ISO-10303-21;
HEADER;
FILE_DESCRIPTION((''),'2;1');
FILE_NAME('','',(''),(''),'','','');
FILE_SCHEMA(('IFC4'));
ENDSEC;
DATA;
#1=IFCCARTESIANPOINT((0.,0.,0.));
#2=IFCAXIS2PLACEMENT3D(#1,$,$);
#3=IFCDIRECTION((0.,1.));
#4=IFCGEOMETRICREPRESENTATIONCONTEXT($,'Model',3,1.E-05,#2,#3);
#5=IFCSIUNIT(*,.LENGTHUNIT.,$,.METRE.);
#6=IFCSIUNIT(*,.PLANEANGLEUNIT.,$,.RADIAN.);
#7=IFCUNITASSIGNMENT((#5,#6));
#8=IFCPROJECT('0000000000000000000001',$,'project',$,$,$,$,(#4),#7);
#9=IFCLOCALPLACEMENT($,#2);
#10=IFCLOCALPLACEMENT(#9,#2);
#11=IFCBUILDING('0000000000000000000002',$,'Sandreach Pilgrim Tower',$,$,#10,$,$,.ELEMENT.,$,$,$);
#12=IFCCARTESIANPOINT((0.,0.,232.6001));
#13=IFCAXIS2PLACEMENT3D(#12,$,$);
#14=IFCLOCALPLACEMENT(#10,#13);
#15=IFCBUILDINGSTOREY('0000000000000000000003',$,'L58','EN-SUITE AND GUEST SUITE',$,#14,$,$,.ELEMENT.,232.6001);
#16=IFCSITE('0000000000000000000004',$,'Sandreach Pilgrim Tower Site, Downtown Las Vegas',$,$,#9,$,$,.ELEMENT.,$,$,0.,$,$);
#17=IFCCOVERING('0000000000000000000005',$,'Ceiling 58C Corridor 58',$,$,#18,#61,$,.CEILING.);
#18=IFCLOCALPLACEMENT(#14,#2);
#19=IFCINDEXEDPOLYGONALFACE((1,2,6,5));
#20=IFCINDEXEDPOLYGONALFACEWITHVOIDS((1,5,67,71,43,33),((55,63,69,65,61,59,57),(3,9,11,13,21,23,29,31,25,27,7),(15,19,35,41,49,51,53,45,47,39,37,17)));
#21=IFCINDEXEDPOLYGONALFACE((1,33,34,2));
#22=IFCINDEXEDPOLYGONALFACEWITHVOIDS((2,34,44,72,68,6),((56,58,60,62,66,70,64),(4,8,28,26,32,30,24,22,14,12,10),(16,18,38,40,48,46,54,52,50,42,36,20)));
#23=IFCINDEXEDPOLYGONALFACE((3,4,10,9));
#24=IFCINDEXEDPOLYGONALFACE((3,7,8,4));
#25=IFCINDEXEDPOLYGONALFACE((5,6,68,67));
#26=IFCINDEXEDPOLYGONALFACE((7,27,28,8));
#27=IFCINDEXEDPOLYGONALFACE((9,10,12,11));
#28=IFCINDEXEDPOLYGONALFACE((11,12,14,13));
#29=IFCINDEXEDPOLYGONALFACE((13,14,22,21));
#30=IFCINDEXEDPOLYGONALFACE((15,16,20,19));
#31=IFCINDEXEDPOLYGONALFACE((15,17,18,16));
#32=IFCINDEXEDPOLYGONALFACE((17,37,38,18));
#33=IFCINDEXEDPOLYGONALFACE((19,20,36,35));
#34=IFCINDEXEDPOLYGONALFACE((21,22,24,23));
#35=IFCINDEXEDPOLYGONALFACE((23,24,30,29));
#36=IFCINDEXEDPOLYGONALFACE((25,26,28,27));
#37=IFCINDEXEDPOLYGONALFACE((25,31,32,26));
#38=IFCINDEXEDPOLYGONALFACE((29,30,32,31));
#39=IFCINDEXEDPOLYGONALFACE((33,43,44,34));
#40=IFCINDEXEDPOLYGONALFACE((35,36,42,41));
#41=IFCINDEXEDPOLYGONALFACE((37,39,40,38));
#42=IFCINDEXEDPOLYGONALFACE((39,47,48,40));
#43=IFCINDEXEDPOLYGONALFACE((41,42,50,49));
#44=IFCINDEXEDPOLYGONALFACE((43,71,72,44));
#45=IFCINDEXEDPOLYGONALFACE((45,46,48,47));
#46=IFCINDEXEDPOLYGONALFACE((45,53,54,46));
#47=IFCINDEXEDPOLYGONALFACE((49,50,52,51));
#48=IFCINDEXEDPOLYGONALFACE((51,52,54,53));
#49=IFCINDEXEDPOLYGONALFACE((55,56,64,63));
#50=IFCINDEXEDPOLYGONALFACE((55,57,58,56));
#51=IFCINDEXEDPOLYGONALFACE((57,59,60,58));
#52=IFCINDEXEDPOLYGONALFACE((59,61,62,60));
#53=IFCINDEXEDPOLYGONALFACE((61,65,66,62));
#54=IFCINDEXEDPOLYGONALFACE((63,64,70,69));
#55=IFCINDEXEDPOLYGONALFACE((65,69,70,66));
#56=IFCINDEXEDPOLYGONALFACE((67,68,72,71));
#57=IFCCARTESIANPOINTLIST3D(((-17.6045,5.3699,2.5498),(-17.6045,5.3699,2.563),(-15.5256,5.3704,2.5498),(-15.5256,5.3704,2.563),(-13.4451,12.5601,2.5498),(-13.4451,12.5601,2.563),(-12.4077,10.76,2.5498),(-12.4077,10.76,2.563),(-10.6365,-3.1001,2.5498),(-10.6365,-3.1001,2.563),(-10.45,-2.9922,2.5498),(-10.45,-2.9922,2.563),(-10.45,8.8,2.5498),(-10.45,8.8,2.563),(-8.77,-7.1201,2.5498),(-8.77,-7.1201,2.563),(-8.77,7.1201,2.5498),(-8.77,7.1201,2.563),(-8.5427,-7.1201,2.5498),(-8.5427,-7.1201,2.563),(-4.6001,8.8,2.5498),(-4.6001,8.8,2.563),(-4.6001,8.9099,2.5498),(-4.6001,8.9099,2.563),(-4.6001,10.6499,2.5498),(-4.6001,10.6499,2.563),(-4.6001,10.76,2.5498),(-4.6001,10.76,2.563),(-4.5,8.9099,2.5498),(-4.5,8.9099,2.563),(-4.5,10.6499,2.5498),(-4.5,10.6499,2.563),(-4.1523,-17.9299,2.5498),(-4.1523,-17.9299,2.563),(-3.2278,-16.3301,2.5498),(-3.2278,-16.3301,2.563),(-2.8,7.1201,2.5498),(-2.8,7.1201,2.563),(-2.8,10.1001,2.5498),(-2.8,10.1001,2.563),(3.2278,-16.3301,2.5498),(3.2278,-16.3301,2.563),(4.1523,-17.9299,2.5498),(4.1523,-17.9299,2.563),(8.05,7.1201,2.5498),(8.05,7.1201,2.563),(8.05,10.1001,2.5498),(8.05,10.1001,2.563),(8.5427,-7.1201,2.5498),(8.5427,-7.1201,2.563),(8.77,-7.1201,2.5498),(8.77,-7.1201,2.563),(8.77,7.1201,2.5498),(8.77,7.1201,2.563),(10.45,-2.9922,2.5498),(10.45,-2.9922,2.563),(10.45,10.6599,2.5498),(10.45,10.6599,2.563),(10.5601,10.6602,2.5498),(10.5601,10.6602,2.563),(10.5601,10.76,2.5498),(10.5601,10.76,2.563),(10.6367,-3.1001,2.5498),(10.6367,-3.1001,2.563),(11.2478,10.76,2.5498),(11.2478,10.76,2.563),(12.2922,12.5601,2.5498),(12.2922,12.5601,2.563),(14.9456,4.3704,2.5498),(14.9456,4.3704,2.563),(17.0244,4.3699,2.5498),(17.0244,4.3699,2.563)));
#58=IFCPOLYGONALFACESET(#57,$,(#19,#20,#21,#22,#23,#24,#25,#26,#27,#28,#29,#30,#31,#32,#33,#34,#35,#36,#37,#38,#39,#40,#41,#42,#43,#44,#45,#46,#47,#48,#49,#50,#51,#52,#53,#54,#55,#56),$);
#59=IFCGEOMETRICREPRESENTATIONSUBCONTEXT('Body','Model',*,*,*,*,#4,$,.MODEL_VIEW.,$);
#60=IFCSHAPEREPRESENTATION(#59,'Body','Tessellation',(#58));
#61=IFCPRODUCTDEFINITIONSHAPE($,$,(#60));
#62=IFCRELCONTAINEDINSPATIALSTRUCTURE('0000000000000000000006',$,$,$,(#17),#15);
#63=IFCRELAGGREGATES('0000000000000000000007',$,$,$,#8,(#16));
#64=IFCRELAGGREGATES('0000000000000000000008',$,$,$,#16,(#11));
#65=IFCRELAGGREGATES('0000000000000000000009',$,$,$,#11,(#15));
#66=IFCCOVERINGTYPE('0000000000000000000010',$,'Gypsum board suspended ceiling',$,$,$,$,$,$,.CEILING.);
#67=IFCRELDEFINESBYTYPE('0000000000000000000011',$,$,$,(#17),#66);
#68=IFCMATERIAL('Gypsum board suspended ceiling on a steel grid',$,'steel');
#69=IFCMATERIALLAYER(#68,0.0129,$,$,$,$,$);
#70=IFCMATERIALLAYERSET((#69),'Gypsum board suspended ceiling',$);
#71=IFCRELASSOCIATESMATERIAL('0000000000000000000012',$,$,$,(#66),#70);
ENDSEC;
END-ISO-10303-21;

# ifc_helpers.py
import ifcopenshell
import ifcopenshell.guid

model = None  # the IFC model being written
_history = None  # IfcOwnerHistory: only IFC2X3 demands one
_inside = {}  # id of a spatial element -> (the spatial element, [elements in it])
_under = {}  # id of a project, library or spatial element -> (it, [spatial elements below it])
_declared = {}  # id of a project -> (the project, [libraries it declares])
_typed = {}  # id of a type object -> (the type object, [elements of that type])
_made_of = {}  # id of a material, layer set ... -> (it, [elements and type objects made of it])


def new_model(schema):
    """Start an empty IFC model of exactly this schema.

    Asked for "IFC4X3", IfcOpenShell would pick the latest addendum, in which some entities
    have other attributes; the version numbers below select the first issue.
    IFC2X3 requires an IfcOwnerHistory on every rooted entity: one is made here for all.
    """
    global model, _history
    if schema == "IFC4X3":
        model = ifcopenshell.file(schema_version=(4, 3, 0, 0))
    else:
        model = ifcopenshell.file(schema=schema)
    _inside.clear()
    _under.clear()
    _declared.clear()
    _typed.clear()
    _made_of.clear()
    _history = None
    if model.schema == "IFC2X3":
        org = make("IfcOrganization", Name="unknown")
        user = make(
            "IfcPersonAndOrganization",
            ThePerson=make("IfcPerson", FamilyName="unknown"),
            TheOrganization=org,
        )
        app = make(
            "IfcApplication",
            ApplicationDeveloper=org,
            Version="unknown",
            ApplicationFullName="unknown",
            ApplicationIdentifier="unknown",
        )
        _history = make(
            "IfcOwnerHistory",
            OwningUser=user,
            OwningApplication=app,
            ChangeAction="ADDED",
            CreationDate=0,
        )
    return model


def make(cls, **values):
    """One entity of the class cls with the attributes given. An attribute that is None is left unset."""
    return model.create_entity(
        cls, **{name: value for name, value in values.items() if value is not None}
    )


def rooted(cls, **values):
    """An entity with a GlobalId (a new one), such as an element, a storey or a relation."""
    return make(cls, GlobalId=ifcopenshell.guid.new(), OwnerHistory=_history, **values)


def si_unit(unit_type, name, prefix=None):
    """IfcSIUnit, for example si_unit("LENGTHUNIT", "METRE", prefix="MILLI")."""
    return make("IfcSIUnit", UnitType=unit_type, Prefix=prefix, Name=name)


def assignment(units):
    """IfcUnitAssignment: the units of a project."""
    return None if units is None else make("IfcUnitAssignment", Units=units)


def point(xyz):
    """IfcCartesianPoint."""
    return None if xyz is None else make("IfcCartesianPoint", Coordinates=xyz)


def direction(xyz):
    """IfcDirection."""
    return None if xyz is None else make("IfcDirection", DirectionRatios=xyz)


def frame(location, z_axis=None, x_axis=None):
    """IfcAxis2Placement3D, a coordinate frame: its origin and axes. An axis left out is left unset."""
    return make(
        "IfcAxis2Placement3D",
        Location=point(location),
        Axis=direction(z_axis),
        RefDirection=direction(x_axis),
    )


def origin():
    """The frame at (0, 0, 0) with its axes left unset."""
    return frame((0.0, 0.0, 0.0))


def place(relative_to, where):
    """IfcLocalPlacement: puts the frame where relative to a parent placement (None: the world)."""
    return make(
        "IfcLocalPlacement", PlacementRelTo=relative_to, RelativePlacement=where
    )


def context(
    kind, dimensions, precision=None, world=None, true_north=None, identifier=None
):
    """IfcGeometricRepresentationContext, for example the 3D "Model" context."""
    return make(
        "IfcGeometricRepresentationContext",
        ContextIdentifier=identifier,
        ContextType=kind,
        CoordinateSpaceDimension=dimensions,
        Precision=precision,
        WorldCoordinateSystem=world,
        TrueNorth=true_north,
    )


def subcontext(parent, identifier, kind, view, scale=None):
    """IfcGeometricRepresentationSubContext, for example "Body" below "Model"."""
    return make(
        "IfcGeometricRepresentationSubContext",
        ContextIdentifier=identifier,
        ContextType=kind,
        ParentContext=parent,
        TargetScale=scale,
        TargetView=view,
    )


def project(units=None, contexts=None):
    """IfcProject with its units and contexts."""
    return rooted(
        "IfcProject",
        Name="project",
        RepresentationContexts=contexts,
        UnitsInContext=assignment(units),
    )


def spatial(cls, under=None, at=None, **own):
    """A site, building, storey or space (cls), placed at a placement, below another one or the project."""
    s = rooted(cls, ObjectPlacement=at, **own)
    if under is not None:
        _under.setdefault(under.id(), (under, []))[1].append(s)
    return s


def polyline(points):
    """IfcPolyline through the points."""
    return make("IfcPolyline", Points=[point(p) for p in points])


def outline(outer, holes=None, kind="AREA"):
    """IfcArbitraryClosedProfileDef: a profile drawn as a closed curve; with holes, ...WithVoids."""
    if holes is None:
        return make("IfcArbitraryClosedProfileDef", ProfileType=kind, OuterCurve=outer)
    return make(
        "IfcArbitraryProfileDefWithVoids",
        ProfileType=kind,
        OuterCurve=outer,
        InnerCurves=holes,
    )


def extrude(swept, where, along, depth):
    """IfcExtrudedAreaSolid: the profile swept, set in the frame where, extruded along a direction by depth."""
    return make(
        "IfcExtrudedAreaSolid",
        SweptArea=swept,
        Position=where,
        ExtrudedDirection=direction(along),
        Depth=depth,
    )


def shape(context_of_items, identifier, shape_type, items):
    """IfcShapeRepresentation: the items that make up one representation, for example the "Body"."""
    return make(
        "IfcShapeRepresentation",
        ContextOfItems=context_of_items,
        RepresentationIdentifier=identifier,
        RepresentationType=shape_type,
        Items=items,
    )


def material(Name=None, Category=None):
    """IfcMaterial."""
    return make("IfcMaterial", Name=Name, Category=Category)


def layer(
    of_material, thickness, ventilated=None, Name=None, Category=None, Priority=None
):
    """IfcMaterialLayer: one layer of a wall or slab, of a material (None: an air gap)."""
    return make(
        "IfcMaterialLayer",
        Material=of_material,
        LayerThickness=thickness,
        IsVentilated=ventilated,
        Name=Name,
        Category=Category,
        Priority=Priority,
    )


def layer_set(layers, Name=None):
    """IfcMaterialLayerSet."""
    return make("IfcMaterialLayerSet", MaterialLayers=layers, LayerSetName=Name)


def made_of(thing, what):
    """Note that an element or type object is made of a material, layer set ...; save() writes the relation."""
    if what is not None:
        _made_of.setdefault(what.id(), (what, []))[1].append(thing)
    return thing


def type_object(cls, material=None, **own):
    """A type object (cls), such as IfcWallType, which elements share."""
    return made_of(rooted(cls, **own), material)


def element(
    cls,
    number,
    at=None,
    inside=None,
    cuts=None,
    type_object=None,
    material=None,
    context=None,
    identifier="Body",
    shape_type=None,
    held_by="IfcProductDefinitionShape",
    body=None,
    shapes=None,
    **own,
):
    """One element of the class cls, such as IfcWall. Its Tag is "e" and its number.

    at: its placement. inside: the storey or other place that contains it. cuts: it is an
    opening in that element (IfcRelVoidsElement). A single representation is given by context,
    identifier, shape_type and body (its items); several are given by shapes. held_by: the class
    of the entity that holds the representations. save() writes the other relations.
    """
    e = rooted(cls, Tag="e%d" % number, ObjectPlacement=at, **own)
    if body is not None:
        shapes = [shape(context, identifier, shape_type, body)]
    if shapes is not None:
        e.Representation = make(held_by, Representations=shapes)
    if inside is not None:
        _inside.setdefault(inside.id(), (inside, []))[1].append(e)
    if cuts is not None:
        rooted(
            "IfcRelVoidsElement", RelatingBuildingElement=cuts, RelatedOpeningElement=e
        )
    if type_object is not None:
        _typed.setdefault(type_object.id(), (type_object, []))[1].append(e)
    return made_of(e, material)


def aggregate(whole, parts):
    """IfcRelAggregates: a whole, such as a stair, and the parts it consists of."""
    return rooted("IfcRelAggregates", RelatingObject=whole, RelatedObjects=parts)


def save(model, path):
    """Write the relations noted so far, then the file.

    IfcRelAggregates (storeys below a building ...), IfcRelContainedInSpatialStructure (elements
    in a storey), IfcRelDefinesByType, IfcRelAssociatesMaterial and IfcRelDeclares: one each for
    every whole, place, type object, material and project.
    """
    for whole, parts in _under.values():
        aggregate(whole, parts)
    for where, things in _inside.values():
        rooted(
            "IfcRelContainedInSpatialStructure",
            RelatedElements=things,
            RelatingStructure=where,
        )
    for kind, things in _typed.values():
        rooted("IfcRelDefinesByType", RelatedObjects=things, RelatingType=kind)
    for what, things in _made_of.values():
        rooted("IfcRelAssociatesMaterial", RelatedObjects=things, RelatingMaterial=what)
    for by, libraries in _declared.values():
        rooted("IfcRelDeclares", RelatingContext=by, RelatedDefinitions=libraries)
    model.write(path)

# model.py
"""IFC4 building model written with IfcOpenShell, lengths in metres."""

from ifc_helpers import new_model, si_unit, direction, frame, origin, place, context, subcontext, project, spatial, polyline, outline, extrude, material, layer, layer_set, type_object, element, save


model = new_model("IFC4")

# Units and contexts
model_context = context("Model", 3, precision=1e-05, world=origin(), true_north=direction((0.0, 1.0)))
body_context = subcontext(model_context, "Body", "Model", "MODEL_VIEW")
ifc_project = project(units=[si_unit("LENGTHUNIT", "METRE"), si_unit("PLANEANGLEUNIT", "RADIAN")], contexts=[model_context])

# Site, building, storey
site_placement = place(None, origin())
site = spatial("IfcSite", under=ifc_project, at=site_placement, Name="Sandreach Pilgrim Tower Site, Downtown Las Vegas", CompositionType="ELEMENT", RefElevation=0.0)
building_placement = place(site_placement, origin())
building = spatial("IfcBuilding", under=site, at=building_placement, Name="Sandreach Pilgrim Tower", CompositionType="ELEMENT")
storey_placement = place(building_placement, frame((0.0, 0.0, 232.6001)))
storey = spatial("IfcBuildingStorey", under=building, at=storey_placement, Name="L58", Description="EN-SUITE AND GUEST SUITE", CompositionType="ELEMENT", Elevation=232.6001)

# Covering
ifc_material_1 = material(Name="Gypsum board suspended ceiling on a steel grid", Category="steel")
ifc_layer_1 = layer(ifc_material_1, 0.0129)
ifc_layer_set_1 = layer_set([ifc_layer_1], Name="Gypsum board suspended ceiling")
covering_type_1 = type_object("IfcCoveringType", Name="Gypsum board suspended ceiling", PredefinedType="CEILING", material=ifc_layer_set_1)
covering_1_placement = place(storey_placement, frame((0.0, 0.0, 2.5498)))
element("IfcCovering", 1, at=covering_1_placement, inside=storey, type_object=covering_type_1, Name="Ceiling 58C Corridor 58", PredefinedType="CEILING", context=body_context, shape_type="SweptSolid", body=[
    extrude(outline(polyline([(-4.1523, -17.9299), (-17.6045, 5.3699), (-13.4451, 12.5601), (12.2922, 12.5601), (17.0244, 4.3699), (4.1523, -17.9299), (-4.1523, -17.9299)]), holes=[polyline([(10.45, 10.6599), (10.45, -2.9922), (10.6367, -3.1001), (14.9456, 4.3704), (11.2478, 10.76), (10.5601, 10.76), (10.5601, 10.6602), (10.45, 10.6599)]), polyline([(-3.2278, -16.3301), (3.2278, -16.3301), (8.5427, -7.1201), (8.77, -7.1201), (8.77, 7.1201), (8.05, 7.1201), (8.05, 10.1001), (-2.8, 10.1001), (-2.8, 7.1201), (-8.77, 7.1201), (-8.77, -7.1201), (-8.5427, -7.1201), (-3.2278, -16.3301)]), polyline([(-15.5256, 5.3704), (-10.6365, -3.1001), (-10.45, -2.9922), (-10.45, 8.8), (-4.6001, 8.8), (-4.6001, 8.9099), (-4.5, 8.9099), (-4.5, 10.6499), (-4.6001, 10.6499), (-4.6001, 10.76), (-12.4077, 10.76), (-15.5256, 5.3704)])]), origin(), (0.0, 0.0, 1.0), 0.0132),
])

save(model, "model.ifc")
